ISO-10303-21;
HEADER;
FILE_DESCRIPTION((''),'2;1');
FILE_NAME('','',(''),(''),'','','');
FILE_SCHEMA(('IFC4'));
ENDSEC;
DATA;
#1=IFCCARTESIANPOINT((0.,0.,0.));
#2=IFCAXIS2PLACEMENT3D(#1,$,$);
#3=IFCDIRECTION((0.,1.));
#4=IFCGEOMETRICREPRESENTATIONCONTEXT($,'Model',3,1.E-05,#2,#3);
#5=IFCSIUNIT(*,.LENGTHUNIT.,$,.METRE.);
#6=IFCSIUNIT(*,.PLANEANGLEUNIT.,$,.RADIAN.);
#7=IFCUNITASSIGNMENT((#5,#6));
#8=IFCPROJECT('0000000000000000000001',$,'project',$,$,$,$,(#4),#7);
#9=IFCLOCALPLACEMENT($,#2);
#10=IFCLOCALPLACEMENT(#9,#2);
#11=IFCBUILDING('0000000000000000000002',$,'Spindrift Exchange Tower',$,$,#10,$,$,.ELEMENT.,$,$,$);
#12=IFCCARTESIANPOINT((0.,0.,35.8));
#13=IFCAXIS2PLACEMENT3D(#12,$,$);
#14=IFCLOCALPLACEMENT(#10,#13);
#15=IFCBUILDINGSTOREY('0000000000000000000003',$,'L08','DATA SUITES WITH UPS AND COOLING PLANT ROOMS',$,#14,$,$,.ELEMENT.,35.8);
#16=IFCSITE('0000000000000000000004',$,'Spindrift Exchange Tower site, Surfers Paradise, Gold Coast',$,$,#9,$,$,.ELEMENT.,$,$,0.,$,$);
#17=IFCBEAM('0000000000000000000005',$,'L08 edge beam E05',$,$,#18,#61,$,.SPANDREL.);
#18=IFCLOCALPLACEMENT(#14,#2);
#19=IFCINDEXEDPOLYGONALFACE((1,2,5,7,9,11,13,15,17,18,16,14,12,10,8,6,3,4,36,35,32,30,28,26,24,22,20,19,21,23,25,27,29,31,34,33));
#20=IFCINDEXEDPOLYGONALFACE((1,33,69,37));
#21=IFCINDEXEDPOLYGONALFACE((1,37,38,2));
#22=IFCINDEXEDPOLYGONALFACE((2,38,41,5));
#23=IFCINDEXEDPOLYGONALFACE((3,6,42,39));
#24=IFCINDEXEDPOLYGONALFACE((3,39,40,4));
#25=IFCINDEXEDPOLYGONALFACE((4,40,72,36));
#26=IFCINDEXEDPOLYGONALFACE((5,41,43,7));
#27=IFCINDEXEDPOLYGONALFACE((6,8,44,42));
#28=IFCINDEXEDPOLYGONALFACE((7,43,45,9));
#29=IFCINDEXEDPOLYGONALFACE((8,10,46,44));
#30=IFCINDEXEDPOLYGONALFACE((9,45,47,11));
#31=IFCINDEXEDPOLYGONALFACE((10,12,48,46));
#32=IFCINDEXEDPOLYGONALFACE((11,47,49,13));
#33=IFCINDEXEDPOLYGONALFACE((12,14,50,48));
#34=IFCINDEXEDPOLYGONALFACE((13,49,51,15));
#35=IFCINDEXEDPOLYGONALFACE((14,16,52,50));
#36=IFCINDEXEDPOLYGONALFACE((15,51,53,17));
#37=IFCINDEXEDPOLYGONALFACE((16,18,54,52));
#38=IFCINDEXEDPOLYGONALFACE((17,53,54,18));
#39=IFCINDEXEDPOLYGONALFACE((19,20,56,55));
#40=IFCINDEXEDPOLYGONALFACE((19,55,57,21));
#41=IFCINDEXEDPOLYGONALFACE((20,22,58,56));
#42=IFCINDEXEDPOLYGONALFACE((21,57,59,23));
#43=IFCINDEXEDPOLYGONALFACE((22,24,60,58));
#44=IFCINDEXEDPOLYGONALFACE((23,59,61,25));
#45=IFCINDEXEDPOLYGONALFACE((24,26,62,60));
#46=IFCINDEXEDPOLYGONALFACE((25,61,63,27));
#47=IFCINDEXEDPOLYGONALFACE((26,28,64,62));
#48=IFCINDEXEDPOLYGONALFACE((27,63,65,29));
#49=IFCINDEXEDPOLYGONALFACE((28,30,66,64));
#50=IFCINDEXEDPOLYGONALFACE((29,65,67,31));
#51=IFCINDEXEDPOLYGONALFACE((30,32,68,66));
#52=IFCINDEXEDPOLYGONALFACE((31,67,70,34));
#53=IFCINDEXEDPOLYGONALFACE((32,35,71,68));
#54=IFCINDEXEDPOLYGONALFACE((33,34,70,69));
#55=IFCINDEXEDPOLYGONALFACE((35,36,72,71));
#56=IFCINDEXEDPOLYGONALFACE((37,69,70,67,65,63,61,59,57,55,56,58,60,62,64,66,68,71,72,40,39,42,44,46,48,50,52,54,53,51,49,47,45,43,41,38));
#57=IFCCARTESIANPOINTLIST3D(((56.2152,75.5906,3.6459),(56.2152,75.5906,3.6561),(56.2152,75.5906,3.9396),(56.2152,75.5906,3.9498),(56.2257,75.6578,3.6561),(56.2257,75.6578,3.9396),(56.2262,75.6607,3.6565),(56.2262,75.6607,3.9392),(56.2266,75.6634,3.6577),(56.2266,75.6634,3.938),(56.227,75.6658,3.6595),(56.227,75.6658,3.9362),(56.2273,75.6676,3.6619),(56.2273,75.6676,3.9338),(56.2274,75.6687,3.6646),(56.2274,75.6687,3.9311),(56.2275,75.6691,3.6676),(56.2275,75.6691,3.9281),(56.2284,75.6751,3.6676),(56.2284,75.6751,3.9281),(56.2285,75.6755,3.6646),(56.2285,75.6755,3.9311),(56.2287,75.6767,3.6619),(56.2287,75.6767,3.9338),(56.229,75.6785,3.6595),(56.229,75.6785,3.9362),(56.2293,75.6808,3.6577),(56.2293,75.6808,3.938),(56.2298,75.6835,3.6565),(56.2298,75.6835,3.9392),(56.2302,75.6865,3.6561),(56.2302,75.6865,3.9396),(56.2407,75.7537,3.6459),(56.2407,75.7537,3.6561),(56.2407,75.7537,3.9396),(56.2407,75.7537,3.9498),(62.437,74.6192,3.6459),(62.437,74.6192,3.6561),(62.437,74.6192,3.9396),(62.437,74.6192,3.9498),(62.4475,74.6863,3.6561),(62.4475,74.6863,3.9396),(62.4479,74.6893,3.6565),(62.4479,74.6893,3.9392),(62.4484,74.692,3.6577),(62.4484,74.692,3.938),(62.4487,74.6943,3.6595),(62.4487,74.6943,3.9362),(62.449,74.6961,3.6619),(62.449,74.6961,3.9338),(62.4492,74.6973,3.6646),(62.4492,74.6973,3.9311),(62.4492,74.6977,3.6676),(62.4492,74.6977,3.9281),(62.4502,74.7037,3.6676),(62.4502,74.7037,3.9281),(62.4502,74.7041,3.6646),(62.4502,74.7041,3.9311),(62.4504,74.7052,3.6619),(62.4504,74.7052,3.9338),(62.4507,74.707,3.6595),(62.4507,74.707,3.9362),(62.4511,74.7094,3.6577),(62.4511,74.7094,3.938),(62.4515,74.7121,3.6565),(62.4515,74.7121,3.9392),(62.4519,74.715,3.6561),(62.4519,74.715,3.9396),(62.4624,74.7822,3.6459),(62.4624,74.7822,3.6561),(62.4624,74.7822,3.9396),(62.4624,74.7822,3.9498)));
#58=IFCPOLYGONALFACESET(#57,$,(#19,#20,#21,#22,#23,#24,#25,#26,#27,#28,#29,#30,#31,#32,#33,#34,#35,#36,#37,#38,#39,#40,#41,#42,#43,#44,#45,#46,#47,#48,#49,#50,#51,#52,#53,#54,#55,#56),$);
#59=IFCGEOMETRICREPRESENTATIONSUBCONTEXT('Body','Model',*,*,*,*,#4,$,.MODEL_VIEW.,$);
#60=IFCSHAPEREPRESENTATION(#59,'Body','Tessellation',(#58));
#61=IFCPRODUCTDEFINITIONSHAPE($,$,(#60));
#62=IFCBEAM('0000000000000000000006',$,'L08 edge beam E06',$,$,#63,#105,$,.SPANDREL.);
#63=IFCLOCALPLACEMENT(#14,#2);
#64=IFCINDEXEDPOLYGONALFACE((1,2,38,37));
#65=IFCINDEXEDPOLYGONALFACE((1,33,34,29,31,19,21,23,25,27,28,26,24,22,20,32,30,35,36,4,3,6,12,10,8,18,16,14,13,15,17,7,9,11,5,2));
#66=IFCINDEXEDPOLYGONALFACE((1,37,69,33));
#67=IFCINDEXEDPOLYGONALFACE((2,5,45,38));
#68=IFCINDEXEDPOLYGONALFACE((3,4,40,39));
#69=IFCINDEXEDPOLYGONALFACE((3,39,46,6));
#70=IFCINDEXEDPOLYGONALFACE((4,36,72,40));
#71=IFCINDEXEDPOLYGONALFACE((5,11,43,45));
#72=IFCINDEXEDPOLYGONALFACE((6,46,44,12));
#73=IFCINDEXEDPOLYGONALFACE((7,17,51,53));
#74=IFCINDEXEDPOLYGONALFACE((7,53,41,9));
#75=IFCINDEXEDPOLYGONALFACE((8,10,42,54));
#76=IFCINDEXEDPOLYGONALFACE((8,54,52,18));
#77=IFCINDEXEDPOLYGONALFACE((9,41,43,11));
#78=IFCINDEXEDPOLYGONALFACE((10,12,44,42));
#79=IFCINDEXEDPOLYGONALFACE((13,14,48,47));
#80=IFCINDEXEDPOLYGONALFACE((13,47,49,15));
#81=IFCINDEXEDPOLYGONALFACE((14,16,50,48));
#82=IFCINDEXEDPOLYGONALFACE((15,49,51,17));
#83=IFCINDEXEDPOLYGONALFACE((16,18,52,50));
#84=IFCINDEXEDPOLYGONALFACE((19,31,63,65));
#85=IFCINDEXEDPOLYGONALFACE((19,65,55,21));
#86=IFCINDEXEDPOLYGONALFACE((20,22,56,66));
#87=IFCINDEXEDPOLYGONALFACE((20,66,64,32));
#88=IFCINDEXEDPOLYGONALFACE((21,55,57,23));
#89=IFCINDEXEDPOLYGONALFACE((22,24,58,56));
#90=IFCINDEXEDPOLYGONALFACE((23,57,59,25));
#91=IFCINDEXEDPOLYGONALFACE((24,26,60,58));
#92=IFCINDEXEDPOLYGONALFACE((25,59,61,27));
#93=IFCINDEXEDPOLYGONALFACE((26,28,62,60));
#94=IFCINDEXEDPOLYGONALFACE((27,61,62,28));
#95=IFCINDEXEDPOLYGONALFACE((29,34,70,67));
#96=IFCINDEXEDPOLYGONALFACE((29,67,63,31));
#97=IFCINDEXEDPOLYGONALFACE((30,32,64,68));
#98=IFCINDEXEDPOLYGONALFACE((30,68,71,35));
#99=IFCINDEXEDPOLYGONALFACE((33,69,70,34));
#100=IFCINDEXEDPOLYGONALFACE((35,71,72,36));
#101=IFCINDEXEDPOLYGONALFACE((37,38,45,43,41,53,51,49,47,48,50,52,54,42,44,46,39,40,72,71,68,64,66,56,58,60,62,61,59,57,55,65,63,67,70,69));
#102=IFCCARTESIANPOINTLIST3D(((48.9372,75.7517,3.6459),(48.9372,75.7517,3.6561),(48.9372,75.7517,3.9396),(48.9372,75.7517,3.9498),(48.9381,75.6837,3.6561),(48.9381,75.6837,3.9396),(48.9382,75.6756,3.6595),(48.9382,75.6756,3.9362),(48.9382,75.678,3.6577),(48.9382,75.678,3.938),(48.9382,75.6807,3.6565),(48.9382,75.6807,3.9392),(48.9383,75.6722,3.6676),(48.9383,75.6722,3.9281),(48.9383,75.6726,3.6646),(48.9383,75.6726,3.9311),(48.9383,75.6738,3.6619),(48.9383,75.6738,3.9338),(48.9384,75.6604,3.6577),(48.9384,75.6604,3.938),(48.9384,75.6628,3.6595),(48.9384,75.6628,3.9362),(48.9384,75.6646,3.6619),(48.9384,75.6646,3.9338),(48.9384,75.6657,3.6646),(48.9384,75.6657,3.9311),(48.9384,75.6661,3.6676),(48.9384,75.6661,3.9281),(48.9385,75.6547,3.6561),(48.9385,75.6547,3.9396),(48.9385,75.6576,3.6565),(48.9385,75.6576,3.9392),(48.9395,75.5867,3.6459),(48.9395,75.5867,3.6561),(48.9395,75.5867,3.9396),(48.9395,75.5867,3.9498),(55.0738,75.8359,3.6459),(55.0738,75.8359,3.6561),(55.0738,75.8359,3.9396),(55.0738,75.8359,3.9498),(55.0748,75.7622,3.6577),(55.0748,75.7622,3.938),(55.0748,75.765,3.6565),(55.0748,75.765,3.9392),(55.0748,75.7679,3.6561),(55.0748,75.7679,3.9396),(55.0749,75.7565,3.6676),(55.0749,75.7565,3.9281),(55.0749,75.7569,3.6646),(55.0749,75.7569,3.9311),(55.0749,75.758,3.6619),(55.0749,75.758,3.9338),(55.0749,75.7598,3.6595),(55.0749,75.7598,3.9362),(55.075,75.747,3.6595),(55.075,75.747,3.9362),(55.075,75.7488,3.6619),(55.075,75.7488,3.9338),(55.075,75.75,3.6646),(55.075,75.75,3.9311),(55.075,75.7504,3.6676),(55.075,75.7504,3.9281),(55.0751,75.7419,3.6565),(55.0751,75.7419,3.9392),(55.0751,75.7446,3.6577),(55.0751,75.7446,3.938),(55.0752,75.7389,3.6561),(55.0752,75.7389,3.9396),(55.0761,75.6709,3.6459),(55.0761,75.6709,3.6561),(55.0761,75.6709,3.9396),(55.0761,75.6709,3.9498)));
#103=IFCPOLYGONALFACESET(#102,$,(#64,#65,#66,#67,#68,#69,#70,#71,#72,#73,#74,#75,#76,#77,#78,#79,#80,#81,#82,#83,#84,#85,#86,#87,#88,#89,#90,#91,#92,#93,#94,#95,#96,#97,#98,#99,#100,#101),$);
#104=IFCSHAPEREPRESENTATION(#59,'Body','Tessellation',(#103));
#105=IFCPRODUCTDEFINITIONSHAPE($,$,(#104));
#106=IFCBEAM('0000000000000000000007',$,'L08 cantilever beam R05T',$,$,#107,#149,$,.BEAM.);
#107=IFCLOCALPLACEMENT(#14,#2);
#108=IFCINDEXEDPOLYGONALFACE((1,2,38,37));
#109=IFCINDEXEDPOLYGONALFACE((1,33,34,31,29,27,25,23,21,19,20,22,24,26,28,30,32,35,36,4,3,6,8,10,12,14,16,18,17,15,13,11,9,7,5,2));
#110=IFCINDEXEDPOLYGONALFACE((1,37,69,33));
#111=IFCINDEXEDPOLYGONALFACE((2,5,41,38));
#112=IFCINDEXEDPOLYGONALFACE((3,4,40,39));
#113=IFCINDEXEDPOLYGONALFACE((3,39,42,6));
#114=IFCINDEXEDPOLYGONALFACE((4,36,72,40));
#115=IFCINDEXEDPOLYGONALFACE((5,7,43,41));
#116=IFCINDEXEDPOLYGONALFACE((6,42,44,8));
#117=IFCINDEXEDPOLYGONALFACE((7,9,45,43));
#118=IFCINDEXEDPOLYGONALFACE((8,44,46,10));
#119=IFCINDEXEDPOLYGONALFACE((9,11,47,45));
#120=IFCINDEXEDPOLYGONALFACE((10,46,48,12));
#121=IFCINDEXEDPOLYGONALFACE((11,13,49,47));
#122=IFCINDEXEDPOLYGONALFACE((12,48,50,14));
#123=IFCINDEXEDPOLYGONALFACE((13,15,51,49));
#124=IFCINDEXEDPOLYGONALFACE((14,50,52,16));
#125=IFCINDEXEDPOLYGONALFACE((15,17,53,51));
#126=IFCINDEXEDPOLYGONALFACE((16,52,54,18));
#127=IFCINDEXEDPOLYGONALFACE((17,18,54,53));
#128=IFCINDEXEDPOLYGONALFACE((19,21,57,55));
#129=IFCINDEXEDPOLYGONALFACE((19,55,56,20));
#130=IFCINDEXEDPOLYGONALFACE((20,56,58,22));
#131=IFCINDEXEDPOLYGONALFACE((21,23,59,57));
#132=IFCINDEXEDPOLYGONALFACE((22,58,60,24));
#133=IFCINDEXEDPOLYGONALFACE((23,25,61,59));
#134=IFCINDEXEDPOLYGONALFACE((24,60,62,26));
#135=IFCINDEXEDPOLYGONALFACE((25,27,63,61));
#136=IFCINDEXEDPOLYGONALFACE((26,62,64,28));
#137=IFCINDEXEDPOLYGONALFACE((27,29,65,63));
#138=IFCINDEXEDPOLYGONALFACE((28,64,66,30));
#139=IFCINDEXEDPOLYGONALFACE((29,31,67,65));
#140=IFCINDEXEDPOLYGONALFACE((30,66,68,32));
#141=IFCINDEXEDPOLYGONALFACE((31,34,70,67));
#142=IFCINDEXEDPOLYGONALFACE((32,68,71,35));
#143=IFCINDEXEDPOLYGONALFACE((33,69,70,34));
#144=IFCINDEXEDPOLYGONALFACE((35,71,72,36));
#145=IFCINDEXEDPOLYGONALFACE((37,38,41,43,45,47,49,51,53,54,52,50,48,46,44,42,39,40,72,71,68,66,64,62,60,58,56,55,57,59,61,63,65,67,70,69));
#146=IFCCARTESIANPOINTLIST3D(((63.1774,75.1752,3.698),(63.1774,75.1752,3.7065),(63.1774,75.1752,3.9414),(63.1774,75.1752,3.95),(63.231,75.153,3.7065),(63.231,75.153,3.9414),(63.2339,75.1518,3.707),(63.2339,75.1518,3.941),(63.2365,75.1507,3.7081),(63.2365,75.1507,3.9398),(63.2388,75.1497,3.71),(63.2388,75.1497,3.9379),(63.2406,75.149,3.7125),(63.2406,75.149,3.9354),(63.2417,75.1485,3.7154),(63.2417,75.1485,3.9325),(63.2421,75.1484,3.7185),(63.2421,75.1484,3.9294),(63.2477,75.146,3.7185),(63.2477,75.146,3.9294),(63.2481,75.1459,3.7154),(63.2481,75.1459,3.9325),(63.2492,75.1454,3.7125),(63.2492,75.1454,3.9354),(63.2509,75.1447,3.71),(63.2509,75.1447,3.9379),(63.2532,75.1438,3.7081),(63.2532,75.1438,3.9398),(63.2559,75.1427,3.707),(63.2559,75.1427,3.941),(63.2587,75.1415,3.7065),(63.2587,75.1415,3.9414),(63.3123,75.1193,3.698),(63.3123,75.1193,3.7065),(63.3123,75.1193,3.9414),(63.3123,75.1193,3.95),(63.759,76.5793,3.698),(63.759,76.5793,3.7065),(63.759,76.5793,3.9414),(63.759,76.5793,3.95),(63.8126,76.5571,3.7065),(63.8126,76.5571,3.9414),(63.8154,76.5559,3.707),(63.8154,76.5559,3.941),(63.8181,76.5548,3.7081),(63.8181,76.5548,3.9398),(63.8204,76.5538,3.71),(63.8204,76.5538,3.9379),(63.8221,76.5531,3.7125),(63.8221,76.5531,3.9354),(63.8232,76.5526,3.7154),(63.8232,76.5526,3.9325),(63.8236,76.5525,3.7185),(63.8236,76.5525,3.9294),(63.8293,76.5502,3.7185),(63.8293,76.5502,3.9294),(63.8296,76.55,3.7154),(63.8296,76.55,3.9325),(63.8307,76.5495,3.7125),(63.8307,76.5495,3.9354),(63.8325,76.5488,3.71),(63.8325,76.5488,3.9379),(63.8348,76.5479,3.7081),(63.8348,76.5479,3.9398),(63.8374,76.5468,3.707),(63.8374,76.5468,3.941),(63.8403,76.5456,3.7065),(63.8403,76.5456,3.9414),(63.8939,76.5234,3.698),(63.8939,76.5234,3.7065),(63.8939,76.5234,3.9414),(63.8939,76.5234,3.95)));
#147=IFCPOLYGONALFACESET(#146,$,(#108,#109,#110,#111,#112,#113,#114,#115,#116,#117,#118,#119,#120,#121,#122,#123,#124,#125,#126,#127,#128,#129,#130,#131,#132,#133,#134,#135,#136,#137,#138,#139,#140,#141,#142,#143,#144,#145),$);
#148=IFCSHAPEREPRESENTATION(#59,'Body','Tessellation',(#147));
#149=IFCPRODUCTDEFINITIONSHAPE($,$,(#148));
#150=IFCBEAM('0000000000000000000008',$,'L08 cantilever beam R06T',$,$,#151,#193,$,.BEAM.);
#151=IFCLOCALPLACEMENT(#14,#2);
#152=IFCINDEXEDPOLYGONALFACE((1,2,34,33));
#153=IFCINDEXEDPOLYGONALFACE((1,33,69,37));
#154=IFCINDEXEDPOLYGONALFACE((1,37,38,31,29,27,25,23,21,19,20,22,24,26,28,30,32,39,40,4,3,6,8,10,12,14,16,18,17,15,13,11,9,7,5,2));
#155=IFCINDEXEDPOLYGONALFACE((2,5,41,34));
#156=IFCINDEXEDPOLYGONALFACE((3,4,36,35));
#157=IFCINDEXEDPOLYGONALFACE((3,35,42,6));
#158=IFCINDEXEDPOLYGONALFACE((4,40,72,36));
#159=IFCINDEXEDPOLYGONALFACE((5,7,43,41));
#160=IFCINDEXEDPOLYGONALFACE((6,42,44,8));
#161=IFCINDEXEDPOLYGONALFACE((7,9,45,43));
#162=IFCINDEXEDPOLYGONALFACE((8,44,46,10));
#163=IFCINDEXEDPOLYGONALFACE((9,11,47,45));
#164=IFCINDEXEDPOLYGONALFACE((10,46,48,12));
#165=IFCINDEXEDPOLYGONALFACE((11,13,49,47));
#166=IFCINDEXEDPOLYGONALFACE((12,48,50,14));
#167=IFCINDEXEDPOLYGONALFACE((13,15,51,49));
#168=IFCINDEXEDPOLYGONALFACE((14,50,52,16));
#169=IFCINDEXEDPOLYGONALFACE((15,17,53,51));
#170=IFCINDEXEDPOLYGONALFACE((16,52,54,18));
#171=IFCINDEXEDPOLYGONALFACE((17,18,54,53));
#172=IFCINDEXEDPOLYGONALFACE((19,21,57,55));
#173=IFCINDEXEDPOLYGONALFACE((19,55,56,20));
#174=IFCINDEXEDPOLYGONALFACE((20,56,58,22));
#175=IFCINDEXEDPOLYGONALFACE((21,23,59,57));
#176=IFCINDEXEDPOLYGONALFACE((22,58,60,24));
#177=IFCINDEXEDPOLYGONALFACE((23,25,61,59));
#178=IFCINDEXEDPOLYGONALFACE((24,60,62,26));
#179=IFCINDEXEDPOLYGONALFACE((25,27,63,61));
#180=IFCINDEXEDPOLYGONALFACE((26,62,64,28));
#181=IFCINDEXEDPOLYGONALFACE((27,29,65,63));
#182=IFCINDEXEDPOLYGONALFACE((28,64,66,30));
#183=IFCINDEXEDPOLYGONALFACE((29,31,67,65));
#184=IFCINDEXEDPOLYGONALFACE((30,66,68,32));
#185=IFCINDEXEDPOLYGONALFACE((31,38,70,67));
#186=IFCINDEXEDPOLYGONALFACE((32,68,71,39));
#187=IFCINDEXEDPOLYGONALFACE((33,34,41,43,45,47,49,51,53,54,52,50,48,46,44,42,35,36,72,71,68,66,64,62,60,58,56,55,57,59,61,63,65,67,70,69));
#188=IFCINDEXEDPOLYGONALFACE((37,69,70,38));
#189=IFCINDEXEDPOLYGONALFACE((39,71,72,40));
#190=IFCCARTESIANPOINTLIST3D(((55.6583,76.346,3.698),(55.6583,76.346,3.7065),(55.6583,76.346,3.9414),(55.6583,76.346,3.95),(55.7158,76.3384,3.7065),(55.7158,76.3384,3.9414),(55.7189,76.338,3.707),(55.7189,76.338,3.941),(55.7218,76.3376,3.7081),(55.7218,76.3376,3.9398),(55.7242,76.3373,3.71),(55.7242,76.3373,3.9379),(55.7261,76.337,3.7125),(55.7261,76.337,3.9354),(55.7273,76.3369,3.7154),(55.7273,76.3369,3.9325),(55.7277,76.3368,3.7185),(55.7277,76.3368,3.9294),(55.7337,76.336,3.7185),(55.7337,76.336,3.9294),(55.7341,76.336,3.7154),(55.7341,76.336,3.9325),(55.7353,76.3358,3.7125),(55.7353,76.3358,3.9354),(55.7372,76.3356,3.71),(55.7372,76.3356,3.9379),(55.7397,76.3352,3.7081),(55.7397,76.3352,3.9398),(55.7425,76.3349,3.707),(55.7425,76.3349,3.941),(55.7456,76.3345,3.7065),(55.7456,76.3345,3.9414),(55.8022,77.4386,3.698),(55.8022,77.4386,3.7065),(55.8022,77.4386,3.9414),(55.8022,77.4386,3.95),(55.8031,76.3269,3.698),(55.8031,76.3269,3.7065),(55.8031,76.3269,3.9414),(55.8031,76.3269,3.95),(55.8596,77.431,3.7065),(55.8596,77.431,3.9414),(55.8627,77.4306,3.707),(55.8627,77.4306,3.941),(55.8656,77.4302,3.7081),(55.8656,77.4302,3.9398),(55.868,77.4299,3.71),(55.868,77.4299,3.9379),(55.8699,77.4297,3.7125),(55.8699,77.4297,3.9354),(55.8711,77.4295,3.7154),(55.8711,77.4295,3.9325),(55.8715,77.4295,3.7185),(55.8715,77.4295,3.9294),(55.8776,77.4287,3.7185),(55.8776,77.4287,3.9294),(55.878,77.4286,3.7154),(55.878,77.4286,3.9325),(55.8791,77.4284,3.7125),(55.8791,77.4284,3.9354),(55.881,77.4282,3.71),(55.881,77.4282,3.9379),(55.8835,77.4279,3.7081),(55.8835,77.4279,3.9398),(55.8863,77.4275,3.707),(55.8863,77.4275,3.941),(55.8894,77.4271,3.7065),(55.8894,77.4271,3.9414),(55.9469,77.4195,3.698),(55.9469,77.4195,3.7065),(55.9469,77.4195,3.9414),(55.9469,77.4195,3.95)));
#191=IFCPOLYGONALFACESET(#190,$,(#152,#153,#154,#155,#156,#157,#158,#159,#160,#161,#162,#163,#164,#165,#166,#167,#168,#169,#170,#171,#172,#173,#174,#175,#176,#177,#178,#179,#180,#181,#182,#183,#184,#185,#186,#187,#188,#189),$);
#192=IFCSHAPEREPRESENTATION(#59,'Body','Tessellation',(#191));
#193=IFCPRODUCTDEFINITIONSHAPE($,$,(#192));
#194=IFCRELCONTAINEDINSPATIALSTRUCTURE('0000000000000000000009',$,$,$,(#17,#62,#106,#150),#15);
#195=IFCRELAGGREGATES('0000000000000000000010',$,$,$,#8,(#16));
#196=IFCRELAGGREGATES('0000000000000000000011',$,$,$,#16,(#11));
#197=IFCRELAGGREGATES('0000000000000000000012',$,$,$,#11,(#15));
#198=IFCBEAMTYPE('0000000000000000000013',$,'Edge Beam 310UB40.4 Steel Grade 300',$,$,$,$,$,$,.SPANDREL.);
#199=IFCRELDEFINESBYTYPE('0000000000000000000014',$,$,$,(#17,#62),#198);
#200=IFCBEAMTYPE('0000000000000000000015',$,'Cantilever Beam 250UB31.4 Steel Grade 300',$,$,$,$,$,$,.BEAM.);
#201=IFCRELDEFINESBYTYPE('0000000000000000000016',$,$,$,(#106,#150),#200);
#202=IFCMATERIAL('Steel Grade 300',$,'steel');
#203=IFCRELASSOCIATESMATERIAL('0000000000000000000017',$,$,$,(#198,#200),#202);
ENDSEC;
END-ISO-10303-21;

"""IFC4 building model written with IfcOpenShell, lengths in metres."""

from ifc_helpers import new_model, si_unit, direction, frame, origin, origin_2d, place, context, subcontext, project, spatial, i_section, extrude, source, transform, mapped, material, material_profile, profile_set, type_object, element, save


model = new_model("IFC4")

# Units and contexts
model_context = context("Model", 3, precision=1e-05, world=origin(), true_north=direction((0.0, 1.0)))
body_context = subcontext(model_context, "Body", "Model", "MODEL_VIEW")
ifc_project = project(units=[si_unit("LENGTHUNIT", "METRE"), si_unit("PLANEANGLEUNIT", "RADIAN")], contexts=[model_context])

# Site, building, storey
site_placement = place(None, origin())
site = spatial("IfcSite", under=ifc_project, at=site_placement, Name="Spindrift Exchange Tower site, Surfers Paradise, Gold Coast", CompositionType="ELEMENT", RefElevation=0.0)
building_placement = place(site_placement, origin())
building = spatial("IfcBuilding", under=site, at=building_placement, Name="Spindrift Exchange Tower", CompositionType="ELEMENT")
storey_placement = place(building_placement, frame((0.0, 0.0, 35.8)))
storey = spatial("IfcBuildingStorey", under=building, at=storey_placement, Name="L08", Description="DATA SUITES WITH UPS AND COOLING PLANT ROOMS", CompositionType="ELEMENT", Elevation=35.8)

# Beams
ifc_material_1 = material(Name="Steel Grade 300", Category="steel")
ifc_material_profile_1 = material_profile(ifc_material_1, i_section(OverallWidth=0.165, OverallDepth=0.304, WebThickness=0.0061, FlangeThickness=0.0103, FilletRadius=0.0115, at=origin_2d()), Name="310UB40.4")
ifc_profile_set_1 = profile_set([ifc_material_profile_1], Name="Steel Grade 300")
beam_type_1 = type_object("IfcBeamType", Name="Edge Beam 310UB40.4 Steel Grade 300", PredefinedType="SPANDREL", material=ifc_profile_set_1)
shared_shape_1 = source(origin(), body_context, "Body", "SweptSolid", [
    extrude(i_section(OverallWidth=0.165, OverallDepth=0.304, WebThickness=0.0061, FlangeThickness=0.0103, FilletRadius=0.0115, at=origin_2d()), origin(), (0.0, 0.0, 1.0), 6.2971),
])
beam_1_placement = place(storey_placement, frame((62.4497, 74.7007, 3.7979), z_axis=(-0.988029, 0.154268, 0.0), x_axis=(-0.154268, -0.988029, 0.0)))
element("IfcBeam", 1, at=beam_1_placement, inside=storey, type_object=beam_type_1, Name="L08 edge beam E05", PredefinedType="SPANDREL", context=body_context, shape_type="MappedRepresentation", body=[
    mapped(shared_shape_1, transform((0.0, 0.0, 0.0), scale=1.0)),
])
shared_shape_2 = source(origin(), body_context, "Body", "SweptSolid", [
    extrude(i_section(OverallWidth=0.165, OverallDepth=0.304, WebThickness=0.0061, FlangeThickness=0.0103, FilletRadius=0.0115, at=origin_2d()), origin(), (0.0, 0.0, 1.0), 6.1372),
])
beam_2_placement = place(storey_placement, frame((55.075, 75.7534, 3.7979), z_axis=(-0.999906, -0.013724, 0.0), x_axis=(0.013724, -0.999906, 0.0)))
element("IfcBeam", 2, at=beam_2_placement, inside=storey, type_object=beam_type_1, Name="L08 edge beam E06", PredefinedType="SPANDREL", context=body_context, shape_type="MappedRepresentation", body=[
    mapped(shared_shape_2, transform((0.0, 0.0, 0.0), scale=1.0)),
])
ifc_material_profile_2 = material_profile(ifc_material_1, i_section(OverallWidth=0.146, OverallDepth=0.252, WebThickness=0.0061, FlangeThickness=0.0085, FilletRadius=0.012, at=origin_2d()), Name="250UB31.4")
ifc_profile_set_2 = profile_set([ifc_material_profile_2], Name="Steel Grade 300")
beam_type_2 = type_object("IfcBeamType", Name="Cantilever Beam 250UB31.4 Steel Grade 300", PredefinedType="BEAM", material=ifc_profile_set_2)
shared_shape_3 = source(origin(), body_context, "Body", "SweptSolid", [
    extrude(i_section(OverallWidth=0.146, OverallDepth=0.252, WebThickness=0.0061, FlangeThickness=0.0085, FilletRadius=0.012, at=origin_2d()), origin(), (0.0, 0.0, 1.0), 1.5198),
])
beam_3_placement = place(storey_placement, frame((63.2449, 75.1472, 3.824), z_axis=(0.382664, 0.923888, 0.0), x_axis=(-0.923888, 0.382664, 0.0)))
element("IfcBeam", 3, at=beam_3_placement, inside=storey, type_object=beam_type_2, Name="L08 cantilever beam R05T", PredefinedType="BEAM", context=body_context, shape_type="MappedRepresentation", body=[
    mapped(shared_shape_3, transform((0.0, 0.0, 0.0), scale=1.0)),
])
shared_shape_4 = source(origin(), body_context, "Body", "SweptSolid", [
    extrude(i_section(OverallWidth=0.146, OverallDepth=0.252, WebThickness=0.0061, FlangeThickness=0.0085, FilletRadius=0.012, at=origin_2d()), origin(), (0.0, 0.0, 1.0), 1.1021),
])
beam_4_placement = place(storey_placement, frame((55.7307, 76.3364, 3.824), z_axis=(0.130495, 0.991449, 0.0), x_axis=(-0.991449, 0.130495, 0.0)))
element("IfcBeam", 4, at=beam_4_placement, inside=storey, type_object=beam_type_2, Name="L08 cantilever beam R06T", PredefinedType="BEAM", context=body_context, shape_type="MappedRepresentation", body=[
    mapped(shared_shape_4, transform((0.0, 0.0, 0.0), scale=1.0)),
])

save(model, "model.ifc")
